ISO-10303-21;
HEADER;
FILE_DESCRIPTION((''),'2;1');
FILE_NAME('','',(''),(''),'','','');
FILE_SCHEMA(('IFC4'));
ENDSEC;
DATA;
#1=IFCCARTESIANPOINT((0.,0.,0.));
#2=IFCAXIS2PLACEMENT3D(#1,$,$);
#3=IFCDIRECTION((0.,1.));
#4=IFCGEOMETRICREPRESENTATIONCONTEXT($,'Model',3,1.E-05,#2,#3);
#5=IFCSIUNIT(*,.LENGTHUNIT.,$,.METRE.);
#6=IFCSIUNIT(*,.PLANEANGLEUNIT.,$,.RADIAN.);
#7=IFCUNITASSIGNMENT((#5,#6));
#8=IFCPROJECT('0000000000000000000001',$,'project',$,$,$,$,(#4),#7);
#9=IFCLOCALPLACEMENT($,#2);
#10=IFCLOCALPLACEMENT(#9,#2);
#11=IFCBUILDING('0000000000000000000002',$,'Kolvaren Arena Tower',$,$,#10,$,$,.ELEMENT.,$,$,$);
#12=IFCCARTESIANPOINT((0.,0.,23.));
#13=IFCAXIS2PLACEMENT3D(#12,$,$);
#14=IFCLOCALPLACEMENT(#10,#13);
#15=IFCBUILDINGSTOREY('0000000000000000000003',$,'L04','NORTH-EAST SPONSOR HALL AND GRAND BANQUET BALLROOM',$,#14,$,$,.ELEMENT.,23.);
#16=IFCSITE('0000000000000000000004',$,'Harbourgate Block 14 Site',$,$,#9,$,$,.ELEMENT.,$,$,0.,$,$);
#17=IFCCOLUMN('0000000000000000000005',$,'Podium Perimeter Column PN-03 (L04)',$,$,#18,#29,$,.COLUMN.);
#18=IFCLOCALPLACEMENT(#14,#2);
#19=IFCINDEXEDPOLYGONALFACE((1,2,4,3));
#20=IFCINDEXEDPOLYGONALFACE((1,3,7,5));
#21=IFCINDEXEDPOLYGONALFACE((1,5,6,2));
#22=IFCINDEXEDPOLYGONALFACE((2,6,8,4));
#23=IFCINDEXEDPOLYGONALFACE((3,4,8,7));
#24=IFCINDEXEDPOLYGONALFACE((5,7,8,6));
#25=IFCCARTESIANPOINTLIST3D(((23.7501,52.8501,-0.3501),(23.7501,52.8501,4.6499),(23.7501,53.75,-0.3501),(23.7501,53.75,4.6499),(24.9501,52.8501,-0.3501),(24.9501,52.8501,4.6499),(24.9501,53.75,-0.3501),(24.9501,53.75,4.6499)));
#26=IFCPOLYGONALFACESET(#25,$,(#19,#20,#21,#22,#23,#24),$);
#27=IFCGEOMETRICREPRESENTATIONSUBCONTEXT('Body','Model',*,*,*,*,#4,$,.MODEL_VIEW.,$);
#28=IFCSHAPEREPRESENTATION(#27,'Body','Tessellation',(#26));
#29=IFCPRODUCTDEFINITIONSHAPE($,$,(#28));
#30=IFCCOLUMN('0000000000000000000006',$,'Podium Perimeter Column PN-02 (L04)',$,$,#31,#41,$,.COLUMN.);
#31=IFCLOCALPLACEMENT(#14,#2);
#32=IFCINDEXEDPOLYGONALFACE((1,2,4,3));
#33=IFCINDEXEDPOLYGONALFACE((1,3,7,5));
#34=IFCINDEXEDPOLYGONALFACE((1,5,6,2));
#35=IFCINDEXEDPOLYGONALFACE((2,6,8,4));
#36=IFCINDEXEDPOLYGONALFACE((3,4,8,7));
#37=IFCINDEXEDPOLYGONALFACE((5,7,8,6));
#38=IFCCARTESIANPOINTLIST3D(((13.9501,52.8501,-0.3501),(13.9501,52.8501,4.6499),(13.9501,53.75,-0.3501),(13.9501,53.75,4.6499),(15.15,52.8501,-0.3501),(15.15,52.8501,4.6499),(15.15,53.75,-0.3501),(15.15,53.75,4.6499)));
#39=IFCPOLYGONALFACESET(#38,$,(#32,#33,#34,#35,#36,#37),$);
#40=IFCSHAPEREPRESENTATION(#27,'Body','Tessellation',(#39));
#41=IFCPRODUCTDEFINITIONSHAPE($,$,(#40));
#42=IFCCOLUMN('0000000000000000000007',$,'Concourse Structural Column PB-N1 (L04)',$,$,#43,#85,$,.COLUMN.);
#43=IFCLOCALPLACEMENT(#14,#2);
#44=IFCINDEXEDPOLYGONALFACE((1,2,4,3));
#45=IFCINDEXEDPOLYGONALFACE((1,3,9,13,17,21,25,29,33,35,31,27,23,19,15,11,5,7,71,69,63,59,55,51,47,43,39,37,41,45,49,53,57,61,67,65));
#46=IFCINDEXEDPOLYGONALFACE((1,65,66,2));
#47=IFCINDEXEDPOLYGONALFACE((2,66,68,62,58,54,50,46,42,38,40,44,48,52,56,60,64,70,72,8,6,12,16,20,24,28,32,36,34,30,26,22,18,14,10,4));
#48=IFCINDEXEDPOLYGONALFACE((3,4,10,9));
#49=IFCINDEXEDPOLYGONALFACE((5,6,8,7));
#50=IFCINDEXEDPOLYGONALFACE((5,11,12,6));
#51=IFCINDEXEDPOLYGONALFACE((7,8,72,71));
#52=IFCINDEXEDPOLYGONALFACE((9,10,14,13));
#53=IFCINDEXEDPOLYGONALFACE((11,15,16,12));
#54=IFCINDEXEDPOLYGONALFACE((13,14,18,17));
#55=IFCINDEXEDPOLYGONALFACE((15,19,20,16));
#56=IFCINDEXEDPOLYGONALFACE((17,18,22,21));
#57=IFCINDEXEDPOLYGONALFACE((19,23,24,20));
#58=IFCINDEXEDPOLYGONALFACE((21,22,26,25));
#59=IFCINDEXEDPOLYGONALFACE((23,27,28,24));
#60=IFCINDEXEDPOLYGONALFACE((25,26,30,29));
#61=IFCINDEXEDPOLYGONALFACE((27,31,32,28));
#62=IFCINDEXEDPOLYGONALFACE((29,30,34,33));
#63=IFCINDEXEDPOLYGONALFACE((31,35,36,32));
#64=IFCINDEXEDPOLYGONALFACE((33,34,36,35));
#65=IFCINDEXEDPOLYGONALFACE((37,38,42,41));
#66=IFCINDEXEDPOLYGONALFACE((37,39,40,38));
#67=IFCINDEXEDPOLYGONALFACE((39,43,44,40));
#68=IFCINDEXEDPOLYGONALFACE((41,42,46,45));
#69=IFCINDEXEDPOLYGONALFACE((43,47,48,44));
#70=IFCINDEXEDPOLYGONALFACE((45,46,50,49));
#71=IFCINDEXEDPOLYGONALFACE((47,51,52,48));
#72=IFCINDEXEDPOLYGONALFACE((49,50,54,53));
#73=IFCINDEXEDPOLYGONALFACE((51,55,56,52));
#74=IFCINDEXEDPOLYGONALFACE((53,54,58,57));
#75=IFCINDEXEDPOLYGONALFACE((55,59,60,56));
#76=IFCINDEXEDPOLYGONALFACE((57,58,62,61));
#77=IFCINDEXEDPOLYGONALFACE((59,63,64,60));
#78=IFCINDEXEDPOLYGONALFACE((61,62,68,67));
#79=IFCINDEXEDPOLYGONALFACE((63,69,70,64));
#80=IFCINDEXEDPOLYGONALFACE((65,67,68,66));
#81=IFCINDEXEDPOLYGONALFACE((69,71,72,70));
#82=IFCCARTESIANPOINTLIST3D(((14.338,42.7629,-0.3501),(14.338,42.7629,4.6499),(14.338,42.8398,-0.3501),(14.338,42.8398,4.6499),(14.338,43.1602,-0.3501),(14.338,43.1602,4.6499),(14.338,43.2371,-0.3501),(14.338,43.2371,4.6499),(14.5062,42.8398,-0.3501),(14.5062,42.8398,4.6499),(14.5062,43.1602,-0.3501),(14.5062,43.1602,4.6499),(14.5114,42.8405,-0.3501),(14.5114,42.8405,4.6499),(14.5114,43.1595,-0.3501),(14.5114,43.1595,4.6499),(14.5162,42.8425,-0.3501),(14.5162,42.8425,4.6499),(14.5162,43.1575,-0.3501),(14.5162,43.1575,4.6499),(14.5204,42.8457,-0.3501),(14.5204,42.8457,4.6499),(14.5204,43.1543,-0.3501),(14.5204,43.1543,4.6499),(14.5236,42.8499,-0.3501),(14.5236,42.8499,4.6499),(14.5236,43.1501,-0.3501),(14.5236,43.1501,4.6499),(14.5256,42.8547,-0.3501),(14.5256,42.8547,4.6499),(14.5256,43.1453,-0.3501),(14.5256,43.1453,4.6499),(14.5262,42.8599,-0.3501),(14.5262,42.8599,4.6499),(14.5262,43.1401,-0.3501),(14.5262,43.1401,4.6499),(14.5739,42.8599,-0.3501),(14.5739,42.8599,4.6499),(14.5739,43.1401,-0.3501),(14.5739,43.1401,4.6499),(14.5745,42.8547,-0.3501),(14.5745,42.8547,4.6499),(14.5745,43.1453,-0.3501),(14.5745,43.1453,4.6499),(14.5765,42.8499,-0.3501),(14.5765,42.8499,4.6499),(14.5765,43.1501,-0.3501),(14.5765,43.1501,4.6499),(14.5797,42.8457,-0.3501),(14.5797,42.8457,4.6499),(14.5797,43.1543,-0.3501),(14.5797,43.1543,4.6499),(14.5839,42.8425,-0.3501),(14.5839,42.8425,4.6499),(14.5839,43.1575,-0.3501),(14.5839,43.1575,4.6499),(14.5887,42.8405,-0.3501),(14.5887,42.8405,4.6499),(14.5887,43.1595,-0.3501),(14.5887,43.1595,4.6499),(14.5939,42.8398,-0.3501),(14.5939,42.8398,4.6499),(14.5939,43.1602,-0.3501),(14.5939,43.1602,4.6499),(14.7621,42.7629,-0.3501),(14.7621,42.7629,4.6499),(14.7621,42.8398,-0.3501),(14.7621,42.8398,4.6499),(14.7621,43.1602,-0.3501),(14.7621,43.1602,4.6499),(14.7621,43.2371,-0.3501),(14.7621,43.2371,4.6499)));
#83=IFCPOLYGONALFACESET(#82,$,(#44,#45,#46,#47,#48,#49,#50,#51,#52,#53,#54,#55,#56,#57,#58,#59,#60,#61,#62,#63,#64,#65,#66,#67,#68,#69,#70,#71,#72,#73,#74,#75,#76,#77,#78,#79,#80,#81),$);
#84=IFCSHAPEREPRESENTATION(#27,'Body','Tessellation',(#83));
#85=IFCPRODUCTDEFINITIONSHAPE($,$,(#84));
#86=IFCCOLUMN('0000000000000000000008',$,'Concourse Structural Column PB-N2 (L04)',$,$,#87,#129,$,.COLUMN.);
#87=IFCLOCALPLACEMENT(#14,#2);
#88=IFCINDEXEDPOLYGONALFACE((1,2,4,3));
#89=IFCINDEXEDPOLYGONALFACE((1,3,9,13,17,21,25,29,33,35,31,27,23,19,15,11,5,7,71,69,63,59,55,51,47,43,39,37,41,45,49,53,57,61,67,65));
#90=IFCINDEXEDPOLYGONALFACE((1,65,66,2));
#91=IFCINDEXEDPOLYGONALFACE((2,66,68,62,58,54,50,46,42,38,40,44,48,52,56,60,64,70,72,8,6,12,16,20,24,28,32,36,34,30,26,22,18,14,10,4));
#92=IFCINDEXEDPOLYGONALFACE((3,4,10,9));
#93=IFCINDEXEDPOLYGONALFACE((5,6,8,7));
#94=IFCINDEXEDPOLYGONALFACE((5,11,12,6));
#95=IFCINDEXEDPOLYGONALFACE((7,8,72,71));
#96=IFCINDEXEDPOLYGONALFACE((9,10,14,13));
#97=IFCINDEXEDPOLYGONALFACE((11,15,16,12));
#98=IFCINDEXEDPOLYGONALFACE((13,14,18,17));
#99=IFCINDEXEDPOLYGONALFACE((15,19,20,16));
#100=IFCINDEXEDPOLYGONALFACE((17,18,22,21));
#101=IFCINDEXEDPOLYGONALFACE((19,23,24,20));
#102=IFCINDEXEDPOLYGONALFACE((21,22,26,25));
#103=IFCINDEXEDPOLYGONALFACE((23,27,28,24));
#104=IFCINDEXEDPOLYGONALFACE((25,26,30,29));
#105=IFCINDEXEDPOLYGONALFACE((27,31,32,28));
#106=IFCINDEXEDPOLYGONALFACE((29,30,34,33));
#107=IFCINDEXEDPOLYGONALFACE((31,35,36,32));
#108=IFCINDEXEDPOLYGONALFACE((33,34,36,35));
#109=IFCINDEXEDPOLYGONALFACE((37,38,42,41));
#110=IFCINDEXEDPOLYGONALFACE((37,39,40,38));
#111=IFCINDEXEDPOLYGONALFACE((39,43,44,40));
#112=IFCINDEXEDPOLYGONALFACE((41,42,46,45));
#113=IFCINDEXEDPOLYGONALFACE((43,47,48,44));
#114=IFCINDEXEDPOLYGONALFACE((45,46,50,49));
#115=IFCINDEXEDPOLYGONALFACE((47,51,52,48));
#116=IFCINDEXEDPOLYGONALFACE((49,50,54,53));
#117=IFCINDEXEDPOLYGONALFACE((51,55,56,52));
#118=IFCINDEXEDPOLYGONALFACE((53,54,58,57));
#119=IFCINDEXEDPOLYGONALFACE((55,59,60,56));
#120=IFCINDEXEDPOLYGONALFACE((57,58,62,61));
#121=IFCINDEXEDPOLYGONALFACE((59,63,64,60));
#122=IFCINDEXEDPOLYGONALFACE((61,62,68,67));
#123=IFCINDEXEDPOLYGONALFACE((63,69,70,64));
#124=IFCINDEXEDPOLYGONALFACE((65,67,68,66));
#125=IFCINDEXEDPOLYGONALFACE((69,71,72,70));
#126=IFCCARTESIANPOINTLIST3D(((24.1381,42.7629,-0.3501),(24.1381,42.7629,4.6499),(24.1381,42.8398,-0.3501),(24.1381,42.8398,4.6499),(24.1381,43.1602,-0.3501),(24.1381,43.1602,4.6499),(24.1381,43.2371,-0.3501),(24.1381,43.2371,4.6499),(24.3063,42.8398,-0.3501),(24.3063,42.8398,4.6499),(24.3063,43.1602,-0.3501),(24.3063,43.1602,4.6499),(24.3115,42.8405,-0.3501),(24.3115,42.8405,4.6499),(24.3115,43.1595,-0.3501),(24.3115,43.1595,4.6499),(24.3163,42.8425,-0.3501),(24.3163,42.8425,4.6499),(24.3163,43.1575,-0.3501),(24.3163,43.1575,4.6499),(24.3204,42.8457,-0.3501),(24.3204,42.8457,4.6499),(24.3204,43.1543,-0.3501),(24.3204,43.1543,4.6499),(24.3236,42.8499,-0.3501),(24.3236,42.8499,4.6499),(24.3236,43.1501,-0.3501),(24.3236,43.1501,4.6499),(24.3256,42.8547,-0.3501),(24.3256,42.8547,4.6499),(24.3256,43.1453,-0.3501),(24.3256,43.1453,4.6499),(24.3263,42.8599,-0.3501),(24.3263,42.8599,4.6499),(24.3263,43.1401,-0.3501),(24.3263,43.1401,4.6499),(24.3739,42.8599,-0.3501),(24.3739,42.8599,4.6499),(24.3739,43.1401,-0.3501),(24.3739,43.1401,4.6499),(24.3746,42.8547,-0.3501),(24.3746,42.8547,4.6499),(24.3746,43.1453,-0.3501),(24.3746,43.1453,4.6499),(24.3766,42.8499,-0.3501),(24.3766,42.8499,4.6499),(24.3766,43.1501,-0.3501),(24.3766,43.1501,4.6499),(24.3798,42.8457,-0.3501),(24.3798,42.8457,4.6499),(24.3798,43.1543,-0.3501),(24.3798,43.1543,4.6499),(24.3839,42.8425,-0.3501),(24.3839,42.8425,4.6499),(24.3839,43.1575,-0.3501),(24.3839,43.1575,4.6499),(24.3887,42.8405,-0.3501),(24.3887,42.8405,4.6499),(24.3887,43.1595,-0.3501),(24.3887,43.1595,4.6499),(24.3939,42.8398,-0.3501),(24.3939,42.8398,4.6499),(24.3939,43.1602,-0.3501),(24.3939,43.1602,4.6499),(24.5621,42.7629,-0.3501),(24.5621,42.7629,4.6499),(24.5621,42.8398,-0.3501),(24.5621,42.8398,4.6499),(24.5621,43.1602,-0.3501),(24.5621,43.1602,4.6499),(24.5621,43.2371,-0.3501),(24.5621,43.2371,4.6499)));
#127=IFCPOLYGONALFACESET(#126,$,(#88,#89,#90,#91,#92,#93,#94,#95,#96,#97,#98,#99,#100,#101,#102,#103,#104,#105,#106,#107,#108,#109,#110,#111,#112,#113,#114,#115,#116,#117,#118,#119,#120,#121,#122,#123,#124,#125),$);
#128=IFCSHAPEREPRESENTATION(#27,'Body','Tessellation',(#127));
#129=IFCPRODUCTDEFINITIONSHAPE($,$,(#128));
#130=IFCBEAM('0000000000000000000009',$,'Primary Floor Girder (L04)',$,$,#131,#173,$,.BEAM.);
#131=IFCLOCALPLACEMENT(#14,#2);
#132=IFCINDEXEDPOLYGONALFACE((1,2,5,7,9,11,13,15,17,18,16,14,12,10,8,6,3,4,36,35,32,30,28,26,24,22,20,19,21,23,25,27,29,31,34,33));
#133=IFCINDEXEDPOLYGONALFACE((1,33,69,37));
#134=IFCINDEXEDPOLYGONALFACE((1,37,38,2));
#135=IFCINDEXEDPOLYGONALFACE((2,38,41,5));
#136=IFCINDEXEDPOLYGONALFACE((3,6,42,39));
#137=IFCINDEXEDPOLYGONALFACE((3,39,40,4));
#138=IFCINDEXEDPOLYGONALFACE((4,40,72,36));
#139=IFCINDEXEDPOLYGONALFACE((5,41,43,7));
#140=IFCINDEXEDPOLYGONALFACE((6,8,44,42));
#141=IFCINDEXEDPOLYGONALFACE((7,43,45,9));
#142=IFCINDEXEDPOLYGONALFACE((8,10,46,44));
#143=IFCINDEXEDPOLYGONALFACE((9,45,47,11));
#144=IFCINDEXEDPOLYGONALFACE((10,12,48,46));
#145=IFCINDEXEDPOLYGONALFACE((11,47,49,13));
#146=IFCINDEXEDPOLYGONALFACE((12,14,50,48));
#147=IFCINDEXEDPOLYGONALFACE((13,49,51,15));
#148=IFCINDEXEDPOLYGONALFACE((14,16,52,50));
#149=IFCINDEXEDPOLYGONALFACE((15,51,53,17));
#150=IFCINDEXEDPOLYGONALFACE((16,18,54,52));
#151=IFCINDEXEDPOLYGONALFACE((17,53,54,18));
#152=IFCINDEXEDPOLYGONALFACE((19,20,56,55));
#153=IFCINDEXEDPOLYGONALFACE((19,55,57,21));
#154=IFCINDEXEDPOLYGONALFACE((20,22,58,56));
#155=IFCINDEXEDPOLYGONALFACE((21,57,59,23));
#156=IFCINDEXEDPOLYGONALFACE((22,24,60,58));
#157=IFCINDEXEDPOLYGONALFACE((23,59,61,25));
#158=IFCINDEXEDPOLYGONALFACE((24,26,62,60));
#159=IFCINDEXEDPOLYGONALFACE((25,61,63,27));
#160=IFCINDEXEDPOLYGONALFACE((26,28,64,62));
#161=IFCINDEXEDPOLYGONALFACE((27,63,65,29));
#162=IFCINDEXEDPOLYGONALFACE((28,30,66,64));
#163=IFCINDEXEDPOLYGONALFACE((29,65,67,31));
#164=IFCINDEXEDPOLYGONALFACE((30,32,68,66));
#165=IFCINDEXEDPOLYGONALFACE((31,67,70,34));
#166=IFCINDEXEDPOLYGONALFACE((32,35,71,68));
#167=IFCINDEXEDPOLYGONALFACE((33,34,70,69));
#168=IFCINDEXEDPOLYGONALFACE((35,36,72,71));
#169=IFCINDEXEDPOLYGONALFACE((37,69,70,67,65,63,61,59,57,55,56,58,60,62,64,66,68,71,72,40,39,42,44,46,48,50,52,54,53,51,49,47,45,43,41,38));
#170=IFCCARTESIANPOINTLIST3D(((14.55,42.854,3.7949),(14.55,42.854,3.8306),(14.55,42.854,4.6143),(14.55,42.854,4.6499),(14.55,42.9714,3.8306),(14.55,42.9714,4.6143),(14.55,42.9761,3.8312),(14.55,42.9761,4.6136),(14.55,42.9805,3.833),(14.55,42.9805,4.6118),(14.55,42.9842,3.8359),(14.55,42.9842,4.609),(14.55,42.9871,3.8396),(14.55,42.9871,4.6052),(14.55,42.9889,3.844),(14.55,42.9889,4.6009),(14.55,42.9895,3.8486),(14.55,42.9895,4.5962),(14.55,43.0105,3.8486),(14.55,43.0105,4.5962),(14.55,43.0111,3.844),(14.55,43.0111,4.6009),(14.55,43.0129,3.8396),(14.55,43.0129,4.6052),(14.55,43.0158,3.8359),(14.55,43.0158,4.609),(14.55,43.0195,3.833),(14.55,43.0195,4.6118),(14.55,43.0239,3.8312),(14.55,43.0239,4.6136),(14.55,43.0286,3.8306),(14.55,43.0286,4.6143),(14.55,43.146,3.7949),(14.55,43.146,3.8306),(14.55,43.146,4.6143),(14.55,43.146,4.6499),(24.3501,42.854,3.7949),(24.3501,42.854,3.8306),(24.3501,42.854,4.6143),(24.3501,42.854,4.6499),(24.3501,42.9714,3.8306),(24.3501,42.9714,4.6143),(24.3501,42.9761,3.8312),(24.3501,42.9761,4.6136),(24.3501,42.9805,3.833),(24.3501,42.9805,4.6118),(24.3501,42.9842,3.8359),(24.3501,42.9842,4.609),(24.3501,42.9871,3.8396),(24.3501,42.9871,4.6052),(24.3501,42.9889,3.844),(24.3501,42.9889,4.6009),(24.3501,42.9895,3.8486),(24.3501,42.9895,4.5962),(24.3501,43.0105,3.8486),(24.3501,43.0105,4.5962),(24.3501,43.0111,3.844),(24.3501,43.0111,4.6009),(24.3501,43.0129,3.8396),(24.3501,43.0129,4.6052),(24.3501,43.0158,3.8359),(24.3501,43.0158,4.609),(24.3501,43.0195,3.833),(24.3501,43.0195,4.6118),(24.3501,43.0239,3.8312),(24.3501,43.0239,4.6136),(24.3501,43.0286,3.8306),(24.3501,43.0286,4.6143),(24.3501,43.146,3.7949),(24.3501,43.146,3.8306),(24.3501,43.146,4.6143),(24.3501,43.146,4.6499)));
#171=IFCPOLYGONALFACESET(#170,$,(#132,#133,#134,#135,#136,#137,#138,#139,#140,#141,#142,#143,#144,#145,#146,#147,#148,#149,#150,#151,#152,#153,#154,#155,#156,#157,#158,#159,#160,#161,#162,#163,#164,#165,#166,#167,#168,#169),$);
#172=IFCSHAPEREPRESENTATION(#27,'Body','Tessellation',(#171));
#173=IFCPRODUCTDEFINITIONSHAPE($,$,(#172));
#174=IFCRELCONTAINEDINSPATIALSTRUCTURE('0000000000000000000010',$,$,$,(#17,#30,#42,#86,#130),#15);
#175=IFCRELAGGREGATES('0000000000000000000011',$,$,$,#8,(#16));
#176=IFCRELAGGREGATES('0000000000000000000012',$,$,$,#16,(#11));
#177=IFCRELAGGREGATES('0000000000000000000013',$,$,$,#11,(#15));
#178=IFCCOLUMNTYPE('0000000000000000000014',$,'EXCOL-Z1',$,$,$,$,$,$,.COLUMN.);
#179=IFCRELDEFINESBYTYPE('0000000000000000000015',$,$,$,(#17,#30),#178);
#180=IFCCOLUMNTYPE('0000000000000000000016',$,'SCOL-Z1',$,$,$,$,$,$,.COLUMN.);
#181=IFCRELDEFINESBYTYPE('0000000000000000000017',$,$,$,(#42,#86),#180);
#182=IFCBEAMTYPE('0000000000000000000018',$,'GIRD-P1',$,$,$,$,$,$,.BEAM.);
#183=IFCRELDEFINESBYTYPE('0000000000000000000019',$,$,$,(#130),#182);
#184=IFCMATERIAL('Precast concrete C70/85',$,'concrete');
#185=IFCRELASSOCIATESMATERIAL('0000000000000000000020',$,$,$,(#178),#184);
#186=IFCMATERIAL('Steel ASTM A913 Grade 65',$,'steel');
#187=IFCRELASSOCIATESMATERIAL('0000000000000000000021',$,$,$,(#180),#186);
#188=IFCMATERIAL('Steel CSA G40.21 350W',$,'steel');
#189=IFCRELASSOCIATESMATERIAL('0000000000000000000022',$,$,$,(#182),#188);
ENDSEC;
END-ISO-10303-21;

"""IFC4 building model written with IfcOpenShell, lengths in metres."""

from ifc_helpers import new_model, si_unit, direction, frame, origin, origin_2d, place, context, subcontext, project, spatial, rectangle, i_section, extrude, material, material_profile, profile_set, type_object, element, save


model = new_model("IFC4")

# Units and contexts
model_context = context("Model", 3, precision=1e-05, world=origin(), true_north=direction((0.0, 1.0)))
body_context = subcontext(model_context, "Body", "Model", "MODEL_VIEW")
ifc_project = project(units=[si_unit("LENGTHUNIT", "METRE"), si_unit("PLANEANGLEUNIT", "RADIAN")], contexts=[model_context])

# Site, building, storey
site_placement = place(None, origin())
site = spatial("IfcSite", under=ifc_project, at=site_placement, Name="Harbourgate Block 14 Site", CompositionType="ELEMENT", RefElevation=0.0)
building_placement = place(site_placement, origin())
building = spatial("IfcBuilding", under=site, at=building_placement, Name="Kolvaren Arena Tower", CompositionType="ELEMENT")
storey_placement = place(building_placement, frame((0.0, 0.0, 23.0)))
storey = spatial("IfcBuildingStorey", under=building, at=storey_placement, Name="L04", Description="NORTH-EAST SPONSOR HALL AND GRAND BANQUET BALLROOM", CompositionType="ELEMENT", Elevation=23.0)

# Columns
ifc_material_1 = material(Name="Precast concrete C70/85", Category="concrete")
ifc_material_profile_1 = material_profile(ifc_material_1, rectangle(XDim=1.2, YDim=0.8999, at=origin_2d()), Name="RC-1200x900")
ifc_profile_set_1 = profile_set([ifc_material_profile_1], Name="Precast concrete C70/85")
column_type_1 = type_object("IfcColumnType", Name="EXCOL-Z1", PredefinedType="COLUMN", material=ifc_profile_set_1)
for number, where, z_axis, x_axis, name in (
    (1, (24.3501, 53.3, -0.3501), (0.0, 0.0, 1.0), (1.0, 0.0, 0.0), "Podium Perimeter Column PN-03 (L04)"),
    (2, (14.55, 53.3, -0.3501), (0.0, 0.0, 1.0), (1.0, 0.0, 0.0), "Podium Perimeter Column PN-02 (L04)"),
):
    element("IfcColumn", number, at=place(storey_placement, frame(where, z_axis=z_axis, x_axis=x_axis)), inside=storey, type_object=column_type_1, Name=name, PredefinedType="COLUMN", context=body_context, shape_type="SweptSolid", body=[
        extrude(rectangle(XDim=1.2, YDim=0.8999, at=origin_2d()), origin(), (0.0, 0.0, 1.0), 5.0),
    ])
ifc_material_2 = material(Name="Steel ASTM A913 Grade 65", Category="steel")
ifc_material_profile_2 = material_profile(ifc_material_2, i_section(OverallWidth=0.4241, OverallDepth=0.4741, WebThickness=0.0476, FlangeThickness=0.0769, FilletRadius=0.02, at=origin_2d()), Name="W360x634")
ifc_profile_set_2 = profile_set([ifc_material_profile_2], Name="Steel ASTM A913 Grade 65")
column_type_2 = type_object("IfcColumnType", Name="SCOL-Z1", PredefinedType="COLUMN", material=ifc_profile_set_2)
for number, where, z_axis, x_axis, name in (
    (3, (14.55, 43.0, -0.3501), (0.0, 0.0, 1.0), (1.0, 0.0, 0.0), "Concourse Structural Column PB-N1 (L04)"),
    (4, (24.3501, 43.0, -0.3501), (0.0, 0.0, 1.0), (1.0, 0.0, 0.0), "Concourse Structural Column PB-N2 (L04)"),
):
    element("IfcColumn", number, at=place(storey_placement, frame(where, z_axis=z_axis, x_axis=x_axis)), inside=storey, type_object=column_type_2, Name=name, PredefinedType="COLUMN", context=body_context, shape_type="SweptSolid", body=[
        extrude(i_section(OverallWidth=0.4241, OverallDepth=0.4741, WebThickness=0.0476, FlangeThickness=0.0769, FilletRadius=0.02, at=origin_2d()), origin(), (0.0, 0.0, 1.0), 5.0),
    ])

# Beam
ifc_material_3 = material(Name="Steel CSA G40.21 350W", Category="steel")
ifc_material_profile_3 = material_profile(ifc_material_3, i_section(OverallWidth=0.292, OverallDepth=0.855, WebThickness=0.021, FlangeThickness=0.0356, FilletRadius=0.0181, at=origin_2d()), Name="W840x299")
ifc_profile_set_3 = profile_set([ifc_material_profile_3], Name="Steel CSA G40.21 350W")
beam_type_1 = type_object("IfcBeamType", Name="GIRD-P1", PredefinedType="BEAM", material=ifc_profile_set_3)
beam_1_placement = place(storey_placement, frame((14.55, 43.0, 4.2224), z_axis=(1.0, 0.0, 0.0), x_axis=(0.0, 1.0, 0.0)))
element("IfcBeam", 5, at=beam_1_placement, inside=storey, type_object=beam_type_1, Name="Primary Floor Girder (L04)", PredefinedType="BEAM", context=body_context, shape_type="SweptSolid", body=[
    extrude(i_section(OverallWidth=0.292, OverallDepth=0.855, WebThickness=0.021, FlangeThickness=0.0356, FilletRadius=0.0181, at=origin_2d()), origin(), (0.0, 0.0, 1.0), 9.8),
])

save(model, "model.ifc")
